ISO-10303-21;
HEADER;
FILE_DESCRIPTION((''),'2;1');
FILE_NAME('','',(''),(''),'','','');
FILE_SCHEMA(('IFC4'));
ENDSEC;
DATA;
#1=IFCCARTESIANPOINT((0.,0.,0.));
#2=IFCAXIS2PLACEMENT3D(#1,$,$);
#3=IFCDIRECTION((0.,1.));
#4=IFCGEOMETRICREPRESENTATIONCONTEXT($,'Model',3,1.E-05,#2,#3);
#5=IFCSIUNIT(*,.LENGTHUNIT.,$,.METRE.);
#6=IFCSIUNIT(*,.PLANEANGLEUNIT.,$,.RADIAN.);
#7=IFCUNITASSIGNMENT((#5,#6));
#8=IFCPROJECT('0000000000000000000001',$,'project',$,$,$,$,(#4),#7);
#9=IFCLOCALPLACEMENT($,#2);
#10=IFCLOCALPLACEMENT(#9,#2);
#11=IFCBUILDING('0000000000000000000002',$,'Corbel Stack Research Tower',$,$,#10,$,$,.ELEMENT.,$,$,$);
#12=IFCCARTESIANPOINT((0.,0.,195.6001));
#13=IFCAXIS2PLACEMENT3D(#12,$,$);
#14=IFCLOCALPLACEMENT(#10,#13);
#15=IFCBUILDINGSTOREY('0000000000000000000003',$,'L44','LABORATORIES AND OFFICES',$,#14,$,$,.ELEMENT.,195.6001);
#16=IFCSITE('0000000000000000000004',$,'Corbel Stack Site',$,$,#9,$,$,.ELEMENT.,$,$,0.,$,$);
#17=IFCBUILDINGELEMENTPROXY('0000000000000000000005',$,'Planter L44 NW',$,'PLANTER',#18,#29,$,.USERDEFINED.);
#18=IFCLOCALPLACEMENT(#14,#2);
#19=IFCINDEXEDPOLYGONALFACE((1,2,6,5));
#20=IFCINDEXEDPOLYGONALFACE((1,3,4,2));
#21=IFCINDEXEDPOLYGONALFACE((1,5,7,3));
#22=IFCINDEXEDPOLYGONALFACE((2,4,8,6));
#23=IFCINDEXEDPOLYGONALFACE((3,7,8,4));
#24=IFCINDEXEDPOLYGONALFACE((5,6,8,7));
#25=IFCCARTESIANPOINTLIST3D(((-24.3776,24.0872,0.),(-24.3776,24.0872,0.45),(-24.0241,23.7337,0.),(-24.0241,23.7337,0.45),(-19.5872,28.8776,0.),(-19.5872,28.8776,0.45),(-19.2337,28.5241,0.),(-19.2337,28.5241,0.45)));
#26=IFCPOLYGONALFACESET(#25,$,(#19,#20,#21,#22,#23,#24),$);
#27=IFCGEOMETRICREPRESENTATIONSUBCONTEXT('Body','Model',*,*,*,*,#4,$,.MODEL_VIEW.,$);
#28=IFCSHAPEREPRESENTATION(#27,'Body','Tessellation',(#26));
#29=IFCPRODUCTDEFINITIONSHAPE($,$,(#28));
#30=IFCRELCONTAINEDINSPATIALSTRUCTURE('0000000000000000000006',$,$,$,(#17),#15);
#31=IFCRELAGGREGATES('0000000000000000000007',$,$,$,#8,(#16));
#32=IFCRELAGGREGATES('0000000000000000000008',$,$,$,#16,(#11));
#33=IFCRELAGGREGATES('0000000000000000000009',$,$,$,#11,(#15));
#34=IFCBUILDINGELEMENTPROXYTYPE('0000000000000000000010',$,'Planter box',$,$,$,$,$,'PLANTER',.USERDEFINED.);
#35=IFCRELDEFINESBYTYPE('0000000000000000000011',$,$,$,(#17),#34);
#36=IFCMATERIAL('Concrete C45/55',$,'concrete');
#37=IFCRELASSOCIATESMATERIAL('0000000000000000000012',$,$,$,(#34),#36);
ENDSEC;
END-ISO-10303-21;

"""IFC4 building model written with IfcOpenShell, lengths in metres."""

from ifc_helpers import new_model, si_unit, direction, frame, origin, origin_2d, place, context, subcontext, project, spatial, rectangle, extrude, material, type_object, element, save


model = new_model("IFC4")

# Units and contexts
model_context = context("Model", 3, precision=1e-05, world=origin(), true_north=direction((0.0, 1.0)))
body_context = subcontext(model_context, "Body", "Model", "MODEL_VIEW")
ifc_project = project(units=[si_unit("LENGTHUNIT", "METRE"), si_unit("PLANEANGLEUNIT", "RADIAN")], contexts=[model_context])

# Site, building, storey
site_placement = place(None, origin())
site = spatial("IfcSite", under=ifc_project, at=site_placement, Name="Corbel Stack Site", CompositionType="ELEMENT", RefElevation=0.0)
building_placement = place(site_placement, origin())
building = spatial("IfcBuilding", under=site, at=building_placement, Name="Corbel Stack Research Tower", CompositionType="ELEMENT")
storey_placement = place(building_placement, frame((0.0, 0.0, 195.6001)))
storey = spatial("IfcBuildingStorey", under=building, at=storey_placement, Name="L44", Description="LABORATORIES AND OFFICES", CompositionType="ELEMENT", Elevation=195.6001)

# Building element proxy
ifc_material_1 = material(Name="Concrete C45/55", Category="concrete")
building_element_proxy_type = type_object("IfcBuildingElementProxyType", Name="Planter box", ElementType="PLANTER", PredefinedType="USERDEFINED", material=ifc_material_1)
proxy_placement = place(storey_placement, frame((-21.8057, 26.3057, 0.0), z_axis=(0.0, 0.0, 1.0), x_axis=(-0.707107, -0.707107, 0.0)))
element("IfcBuildingElementProxy", 1, at=proxy_placement, inside=storey, type_object=building_element_proxy_type, Name="Planter L44 NW", ObjectType="PLANTER", PredefinedType="USERDEFINED", context=body_context, shape_type="SweptSolid", body=[
    extrude(rectangle(XDim=6.7747, YDim=0.5, at=origin_2d()), origin(), (0.0, 0.0, 1.0), 0.45),
])

save(model, "model.ifc")
